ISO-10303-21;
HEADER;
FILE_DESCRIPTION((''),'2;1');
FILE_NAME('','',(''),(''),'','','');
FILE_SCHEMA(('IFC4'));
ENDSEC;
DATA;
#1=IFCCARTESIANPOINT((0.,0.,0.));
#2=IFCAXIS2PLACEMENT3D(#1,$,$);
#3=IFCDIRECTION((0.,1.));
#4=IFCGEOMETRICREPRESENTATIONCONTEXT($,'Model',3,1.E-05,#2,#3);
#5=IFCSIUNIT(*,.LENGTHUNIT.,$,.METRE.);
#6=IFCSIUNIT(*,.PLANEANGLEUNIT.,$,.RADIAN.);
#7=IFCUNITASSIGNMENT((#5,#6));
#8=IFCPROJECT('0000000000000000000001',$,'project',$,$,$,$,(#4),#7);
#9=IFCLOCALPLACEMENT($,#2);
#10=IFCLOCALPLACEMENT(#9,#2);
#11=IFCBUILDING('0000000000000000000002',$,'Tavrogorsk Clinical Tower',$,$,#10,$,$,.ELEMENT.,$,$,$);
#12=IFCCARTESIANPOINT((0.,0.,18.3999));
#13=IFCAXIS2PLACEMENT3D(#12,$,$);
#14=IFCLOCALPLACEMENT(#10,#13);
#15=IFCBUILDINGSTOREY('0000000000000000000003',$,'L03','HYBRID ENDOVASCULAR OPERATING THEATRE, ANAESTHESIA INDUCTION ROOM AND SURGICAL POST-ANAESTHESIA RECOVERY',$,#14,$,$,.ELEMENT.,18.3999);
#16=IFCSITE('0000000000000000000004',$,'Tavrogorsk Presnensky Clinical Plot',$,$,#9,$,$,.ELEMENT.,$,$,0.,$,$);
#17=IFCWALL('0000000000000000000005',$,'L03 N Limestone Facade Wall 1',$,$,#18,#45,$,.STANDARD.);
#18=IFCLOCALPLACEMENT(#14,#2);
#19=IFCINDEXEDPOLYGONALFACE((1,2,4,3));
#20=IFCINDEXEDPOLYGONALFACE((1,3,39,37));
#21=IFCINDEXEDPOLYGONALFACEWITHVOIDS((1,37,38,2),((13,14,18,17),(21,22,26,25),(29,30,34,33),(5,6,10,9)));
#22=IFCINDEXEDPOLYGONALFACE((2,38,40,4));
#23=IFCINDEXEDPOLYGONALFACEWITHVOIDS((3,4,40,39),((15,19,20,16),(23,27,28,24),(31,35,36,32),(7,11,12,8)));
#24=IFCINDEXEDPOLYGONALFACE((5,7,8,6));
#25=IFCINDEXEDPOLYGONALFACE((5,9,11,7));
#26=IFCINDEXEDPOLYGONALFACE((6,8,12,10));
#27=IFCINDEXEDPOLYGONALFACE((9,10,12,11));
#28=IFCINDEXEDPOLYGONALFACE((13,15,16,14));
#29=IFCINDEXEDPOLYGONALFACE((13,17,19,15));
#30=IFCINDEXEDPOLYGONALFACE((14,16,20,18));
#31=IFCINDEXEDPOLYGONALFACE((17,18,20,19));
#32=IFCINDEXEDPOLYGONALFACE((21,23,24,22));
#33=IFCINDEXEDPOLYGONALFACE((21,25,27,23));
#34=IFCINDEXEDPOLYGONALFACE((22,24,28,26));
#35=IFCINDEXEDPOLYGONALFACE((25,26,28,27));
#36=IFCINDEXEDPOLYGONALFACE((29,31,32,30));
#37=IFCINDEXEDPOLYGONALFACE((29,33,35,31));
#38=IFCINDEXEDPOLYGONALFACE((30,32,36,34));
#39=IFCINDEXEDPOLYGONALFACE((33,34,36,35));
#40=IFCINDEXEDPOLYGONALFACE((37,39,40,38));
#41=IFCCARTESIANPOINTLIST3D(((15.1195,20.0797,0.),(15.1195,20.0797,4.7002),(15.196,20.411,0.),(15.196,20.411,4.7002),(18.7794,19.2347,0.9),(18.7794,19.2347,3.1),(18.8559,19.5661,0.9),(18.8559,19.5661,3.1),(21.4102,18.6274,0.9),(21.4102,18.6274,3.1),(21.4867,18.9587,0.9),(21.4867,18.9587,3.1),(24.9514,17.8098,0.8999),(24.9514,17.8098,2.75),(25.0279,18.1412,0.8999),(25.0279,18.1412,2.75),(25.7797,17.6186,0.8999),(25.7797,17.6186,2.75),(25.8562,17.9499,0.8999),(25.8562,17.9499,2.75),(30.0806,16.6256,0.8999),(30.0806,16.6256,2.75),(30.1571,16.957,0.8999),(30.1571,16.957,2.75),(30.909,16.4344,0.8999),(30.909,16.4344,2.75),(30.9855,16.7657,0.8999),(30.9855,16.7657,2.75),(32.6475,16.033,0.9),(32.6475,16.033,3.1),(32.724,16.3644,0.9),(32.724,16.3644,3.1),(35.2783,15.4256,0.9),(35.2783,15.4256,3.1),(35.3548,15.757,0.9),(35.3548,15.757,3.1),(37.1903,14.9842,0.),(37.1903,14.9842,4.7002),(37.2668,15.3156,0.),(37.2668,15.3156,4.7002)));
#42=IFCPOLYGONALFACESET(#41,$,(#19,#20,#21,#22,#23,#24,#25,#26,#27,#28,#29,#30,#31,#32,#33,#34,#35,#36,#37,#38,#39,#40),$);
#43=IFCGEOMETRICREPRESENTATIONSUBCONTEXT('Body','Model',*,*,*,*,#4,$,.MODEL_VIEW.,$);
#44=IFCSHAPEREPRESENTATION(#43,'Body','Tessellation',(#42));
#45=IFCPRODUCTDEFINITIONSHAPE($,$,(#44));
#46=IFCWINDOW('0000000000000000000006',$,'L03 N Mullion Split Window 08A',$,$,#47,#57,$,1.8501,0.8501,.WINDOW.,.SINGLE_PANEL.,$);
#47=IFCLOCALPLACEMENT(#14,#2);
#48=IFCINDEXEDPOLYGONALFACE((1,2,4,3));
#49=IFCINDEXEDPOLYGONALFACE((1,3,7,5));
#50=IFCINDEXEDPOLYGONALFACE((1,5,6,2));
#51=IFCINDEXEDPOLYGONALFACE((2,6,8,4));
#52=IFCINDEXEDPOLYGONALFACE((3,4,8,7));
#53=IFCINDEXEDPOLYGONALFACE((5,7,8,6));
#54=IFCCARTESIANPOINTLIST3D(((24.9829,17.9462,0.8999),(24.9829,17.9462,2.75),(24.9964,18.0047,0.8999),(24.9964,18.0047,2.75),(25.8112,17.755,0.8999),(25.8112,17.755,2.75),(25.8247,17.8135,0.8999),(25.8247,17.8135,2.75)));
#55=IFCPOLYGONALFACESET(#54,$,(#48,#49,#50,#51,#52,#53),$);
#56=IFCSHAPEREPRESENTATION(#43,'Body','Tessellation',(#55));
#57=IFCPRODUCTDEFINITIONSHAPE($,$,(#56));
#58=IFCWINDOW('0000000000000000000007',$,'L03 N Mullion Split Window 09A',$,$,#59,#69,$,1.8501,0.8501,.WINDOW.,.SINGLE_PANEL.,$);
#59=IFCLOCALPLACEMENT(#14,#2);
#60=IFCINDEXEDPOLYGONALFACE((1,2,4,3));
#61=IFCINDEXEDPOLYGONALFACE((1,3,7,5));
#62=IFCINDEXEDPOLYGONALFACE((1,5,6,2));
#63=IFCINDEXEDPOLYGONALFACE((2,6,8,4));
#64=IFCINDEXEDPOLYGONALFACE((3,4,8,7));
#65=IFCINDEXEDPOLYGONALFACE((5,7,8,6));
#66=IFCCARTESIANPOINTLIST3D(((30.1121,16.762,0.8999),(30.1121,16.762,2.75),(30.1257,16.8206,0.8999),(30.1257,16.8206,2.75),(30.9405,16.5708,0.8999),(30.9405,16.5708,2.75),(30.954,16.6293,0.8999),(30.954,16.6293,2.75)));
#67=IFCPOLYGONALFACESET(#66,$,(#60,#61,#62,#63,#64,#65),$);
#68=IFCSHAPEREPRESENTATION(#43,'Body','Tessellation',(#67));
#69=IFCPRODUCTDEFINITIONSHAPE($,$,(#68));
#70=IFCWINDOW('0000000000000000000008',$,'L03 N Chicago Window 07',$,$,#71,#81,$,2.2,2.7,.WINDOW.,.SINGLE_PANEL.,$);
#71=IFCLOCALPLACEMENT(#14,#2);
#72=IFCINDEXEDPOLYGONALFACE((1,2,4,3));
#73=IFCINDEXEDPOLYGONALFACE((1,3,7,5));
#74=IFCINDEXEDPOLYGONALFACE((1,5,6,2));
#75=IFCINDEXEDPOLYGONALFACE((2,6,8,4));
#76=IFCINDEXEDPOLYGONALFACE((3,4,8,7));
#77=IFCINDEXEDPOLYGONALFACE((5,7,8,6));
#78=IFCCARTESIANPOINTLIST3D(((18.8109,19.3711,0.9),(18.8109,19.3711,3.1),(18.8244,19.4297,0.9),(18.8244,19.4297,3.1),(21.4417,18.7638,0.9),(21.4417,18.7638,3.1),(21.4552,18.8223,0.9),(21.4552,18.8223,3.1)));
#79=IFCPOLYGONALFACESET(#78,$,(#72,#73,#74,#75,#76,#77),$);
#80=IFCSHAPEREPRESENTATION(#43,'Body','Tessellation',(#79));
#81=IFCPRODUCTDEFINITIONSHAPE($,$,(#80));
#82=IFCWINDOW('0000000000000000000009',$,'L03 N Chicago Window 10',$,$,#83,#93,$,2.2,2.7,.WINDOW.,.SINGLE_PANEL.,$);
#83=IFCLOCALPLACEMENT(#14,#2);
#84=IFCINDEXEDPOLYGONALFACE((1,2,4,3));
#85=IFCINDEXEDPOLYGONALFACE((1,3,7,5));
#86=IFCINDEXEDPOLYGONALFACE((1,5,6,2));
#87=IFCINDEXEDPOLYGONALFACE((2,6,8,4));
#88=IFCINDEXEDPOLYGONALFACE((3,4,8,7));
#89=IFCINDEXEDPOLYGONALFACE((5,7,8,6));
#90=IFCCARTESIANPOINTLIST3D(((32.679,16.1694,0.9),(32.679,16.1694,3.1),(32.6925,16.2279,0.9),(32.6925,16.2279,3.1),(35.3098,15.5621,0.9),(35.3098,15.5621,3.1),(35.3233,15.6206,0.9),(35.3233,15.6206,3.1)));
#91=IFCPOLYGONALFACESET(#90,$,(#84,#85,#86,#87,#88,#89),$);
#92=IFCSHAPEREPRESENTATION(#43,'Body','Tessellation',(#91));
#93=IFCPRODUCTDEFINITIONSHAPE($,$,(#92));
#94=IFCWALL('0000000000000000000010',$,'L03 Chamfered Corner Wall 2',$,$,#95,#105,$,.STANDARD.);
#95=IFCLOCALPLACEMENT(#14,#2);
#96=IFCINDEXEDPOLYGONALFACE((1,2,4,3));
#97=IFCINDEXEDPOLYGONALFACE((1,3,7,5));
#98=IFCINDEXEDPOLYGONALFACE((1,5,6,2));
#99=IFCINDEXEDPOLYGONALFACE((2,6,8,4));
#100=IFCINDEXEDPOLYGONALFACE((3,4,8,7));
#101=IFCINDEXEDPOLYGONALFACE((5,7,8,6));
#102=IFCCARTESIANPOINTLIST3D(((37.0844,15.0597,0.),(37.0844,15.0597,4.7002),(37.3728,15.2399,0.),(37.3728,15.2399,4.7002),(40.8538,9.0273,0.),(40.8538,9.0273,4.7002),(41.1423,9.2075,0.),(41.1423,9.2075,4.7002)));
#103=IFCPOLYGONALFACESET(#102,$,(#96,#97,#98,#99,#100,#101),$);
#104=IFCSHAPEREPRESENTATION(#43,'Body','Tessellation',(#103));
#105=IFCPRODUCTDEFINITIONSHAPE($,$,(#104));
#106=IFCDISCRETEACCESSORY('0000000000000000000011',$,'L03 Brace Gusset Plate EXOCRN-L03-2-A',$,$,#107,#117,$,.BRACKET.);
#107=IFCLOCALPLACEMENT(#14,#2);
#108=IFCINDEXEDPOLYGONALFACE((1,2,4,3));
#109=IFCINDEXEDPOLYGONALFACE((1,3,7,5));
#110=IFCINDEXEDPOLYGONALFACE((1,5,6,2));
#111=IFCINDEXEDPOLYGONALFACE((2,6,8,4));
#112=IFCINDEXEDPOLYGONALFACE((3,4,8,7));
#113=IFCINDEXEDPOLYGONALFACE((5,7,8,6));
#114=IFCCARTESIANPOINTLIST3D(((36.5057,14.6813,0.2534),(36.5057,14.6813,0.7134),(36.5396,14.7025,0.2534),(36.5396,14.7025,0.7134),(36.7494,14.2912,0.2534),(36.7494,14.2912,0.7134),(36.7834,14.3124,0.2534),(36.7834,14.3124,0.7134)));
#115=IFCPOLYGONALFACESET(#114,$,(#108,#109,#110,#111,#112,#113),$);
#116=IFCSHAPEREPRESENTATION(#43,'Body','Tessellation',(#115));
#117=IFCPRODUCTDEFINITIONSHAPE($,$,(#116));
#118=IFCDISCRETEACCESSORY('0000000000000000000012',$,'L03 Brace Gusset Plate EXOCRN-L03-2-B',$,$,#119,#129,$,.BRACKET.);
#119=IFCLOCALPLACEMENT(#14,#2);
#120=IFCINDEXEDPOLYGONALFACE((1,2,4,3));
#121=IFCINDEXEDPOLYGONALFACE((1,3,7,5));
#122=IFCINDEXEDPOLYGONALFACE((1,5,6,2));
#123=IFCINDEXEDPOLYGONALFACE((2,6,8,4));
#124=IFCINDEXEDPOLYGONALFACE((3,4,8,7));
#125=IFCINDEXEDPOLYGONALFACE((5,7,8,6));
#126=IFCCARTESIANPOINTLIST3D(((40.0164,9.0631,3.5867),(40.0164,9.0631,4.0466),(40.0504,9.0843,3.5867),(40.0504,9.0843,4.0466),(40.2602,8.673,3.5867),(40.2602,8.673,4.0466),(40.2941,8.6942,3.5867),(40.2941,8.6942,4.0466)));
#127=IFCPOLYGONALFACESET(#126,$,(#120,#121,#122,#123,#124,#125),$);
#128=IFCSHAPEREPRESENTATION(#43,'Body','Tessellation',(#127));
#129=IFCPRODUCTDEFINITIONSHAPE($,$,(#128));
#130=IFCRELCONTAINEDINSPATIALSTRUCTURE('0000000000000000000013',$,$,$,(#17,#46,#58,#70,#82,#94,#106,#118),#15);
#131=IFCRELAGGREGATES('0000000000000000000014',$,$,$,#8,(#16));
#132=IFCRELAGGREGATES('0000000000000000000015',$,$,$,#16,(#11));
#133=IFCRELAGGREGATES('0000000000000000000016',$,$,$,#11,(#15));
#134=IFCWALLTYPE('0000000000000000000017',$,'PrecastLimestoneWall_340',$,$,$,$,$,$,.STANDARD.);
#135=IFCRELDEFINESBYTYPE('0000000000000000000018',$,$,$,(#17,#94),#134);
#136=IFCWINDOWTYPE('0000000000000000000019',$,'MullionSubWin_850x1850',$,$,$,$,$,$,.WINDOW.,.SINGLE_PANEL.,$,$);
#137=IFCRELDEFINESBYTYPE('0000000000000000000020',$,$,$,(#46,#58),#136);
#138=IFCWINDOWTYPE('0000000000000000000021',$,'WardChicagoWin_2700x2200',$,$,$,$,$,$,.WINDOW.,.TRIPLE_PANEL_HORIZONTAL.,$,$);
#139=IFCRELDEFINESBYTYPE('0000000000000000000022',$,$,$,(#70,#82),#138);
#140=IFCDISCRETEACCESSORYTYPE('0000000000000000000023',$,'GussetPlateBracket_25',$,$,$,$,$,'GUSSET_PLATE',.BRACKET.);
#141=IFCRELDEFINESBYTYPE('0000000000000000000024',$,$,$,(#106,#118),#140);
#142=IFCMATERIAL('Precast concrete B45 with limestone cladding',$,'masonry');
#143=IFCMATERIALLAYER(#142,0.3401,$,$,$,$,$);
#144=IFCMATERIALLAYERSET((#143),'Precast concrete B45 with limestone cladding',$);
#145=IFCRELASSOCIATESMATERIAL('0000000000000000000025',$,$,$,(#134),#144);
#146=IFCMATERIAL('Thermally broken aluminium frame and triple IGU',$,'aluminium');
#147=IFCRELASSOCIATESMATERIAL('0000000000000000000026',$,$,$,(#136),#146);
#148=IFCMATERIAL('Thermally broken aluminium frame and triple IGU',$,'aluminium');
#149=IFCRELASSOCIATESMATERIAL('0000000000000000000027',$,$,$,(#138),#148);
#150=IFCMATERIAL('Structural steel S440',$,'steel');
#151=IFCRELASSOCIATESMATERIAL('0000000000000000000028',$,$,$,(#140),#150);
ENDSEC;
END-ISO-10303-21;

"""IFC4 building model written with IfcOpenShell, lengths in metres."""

from ifc_helpers import new_model, si_unit, direction, frame, frame_2d, origin, origin_2d, place, context, subcontext, project, spatial, rectangle, extrude, material, layer, layer_set, type_object, element, fill, save


model = new_model("IFC4")

# Units and contexts
model_context = context("Model", 3, precision=1e-05, world=origin(), true_north=direction((0.0, 1.0)))
body_context = subcontext(model_context, "Body", "Model", "MODEL_VIEW")
ifc_project = project(units=[si_unit("LENGTHUNIT", "METRE"), si_unit("PLANEANGLEUNIT", "RADIAN")], contexts=[model_context])

# Site, building, storey
site_placement = place(None, origin())
site = spatial("IfcSite", under=ifc_project, at=site_placement, Name="Tavrogorsk Presnensky Clinical Plot", CompositionType="ELEMENT", RefElevation=0.0)
building_placement = place(site_placement, origin())
building = spatial("IfcBuilding", under=site, at=building_placement, Name="Tavrogorsk Clinical Tower", CompositionType="ELEMENT")
storey_placement = place(building_placement, frame((0.0, 0.0, 18.3999)))
storey = spatial("IfcBuildingStorey", under=building, at=storey_placement, Name="L03", Description="HYBRID ENDOVASCULAR OPERATING THEATRE, ANAESTHESIA INDUCTION ROOM AND SURGICAL POST-ANAESTHESIA RECOVERY", CompositionType="ELEMENT", Elevation=18.3999)

# Wall, openings, windows
ifc_material_1 = material(Name="Precast concrete B45 with limestone cladding", Category="masonry")
ifc_layer_1 = layer(ifc_material_1, 0.3401)
ifc_layer_set_1 = layer_set([ifc_layer_1], Name="Precast concrete B45 with limestone cladding")
wall_type_1 = type_object("IfcWallType", Name="PrecastLimestoneWall_340", PredefinedType="STANDARD", material=ifc_layer_set_1)
wall_1_placement = place(storey_placement, frame((37.2285, 15.1499, 0.0), z_axis=(0.0, 0.0, 1.0), x_axis=(-0.97437, 0.224952, 0.0)))
wall_1 = element("IfcWall", 1, at=wall_1_placement, inside=storey, type_object=wall_type_1, Name="L03 N Limestone Facade Wall 1", PredefinedType="STANDARD", context=body_context, shape_type="SweptSolid", body=[
    extrude(rectangle(XDim=22.6514, YDim=0.3401, at=frame_2d((11.3257, 0.0))), origin(), (0.0, 0.0, 1.0), 4.7002),
])
opening_1_placement = place(wall_1_placement, frame((16.1951, 0.0, 0.8999)))
opening_1 = element("IfcOpeningElement", 2, at=opening_1_placement, cuts=wall_1, PredefinedType="OPENING", context=body_context, shape_type="SweptSolid", body=[
    extrude(rectangle(XDim=2.7, YDim=2.2, at=frame_2d((1.3501, 1.1001))), frame((0.0, 0.1799, 0.0), z_axis=(0.0, -1.0, 0.0), x_axis=(1.0, 0.0, 0.0)), (0.0, 0.0, 1.0), 0.3601),
])
opening_2_placement = place(wall_1_placement, frame((11.7107, 0.0, 0.8999)))
opening_2 = element("IfcOpeningElement", 3, at=opening_2_placement, cuts=wall_1, PredefinedType="OPENING", context=body_context, shape_type="SweptSolid", body=[
    extrude(rectangle(XDim=0.8501, YDim=1.8501, at=frame_2d((0.425, 0.925))), frame((0.0, 0.1799, 0.0), z_axis=(0.0, -1.0, 0.0), x_axis=(1.0, 0.0, 0.0)), (0.0, 0.0, 1.0), 0.3601),
])
opening_3_placement = place(wall_1_placement, frame((6.4465, 0.0, 0.8999)))
opening_3 = element("IfcOpeningElement", 4, at=opening_3_placement, cuts=wall_1, PredefinedType="OPENING", context=body_context, shape_type="SweptSolid", body=[
    extrude(rectangle(XDim=0.8501, YDim=1.8501, at=frame_2d((0.425, 0.925))), frame((0.0, 0.1799, 0.0), z_axis=(0.0, -1.0, 0.0), x_axis=(1.0, 0.0, 0.0)), (0.0, 0.0, 1.0), 0.3601),
])
opening_4_placement = place(wall_1_placement, frame((1.9622, 0.0, 0.8999)))
opening_4 = element("IfcOpeningElement", 5, at=opening_4_placement, cuts=wall_1, PredefinedType="OPENING", context=body_context, shape_type="SweptSolid", body=[
    extrude(rectangle(XDim=2.7, YDim=2.2, at=frame_2d((1.3501, 1.1001))), frame((0.0, 0.1799, 0.0), z_axis=(0.0, -1.0, 0.0), x_axis=(1.0, 0.0, 0.0)), (0.0, 0.0, 1.0), 0.3601),
])
ifc_material_2 = material(Name="Thermally broken aluminium frame and triple IGU", Category="aluminium")
window_type_1 = type_object("IfcWindowType", Name="MullionSubWin_850x1850", PartitioningType="SINGLE_PANEL", PredefinedType="WINDOW", material=ifc_material_2)
window_1_placement = place(opening_2_placement, origin())
window_1 = element("IfcWindow", 6, at=window_1_placement, inside=storey, type_object=window_type_1, Name="L03 N Mullion Split Window 08A", OverallHeight=1.8501, OverallWidth=0.8501, PartitioningType="SINGLE_PANEL", PredefinedType="WINDOW", context=body_context, shape_type="SweptSolid", body=[
    extrude(rectangle(XDim=0.8501, YDim=1.8501, at=frame_2d((0.425, 0.925))), frame((0.0, 0.03, 0.0), z_axis=(0.0, -1.0, 0.0), x_axis=(1.0, 0.0, 0.0)), (0.0, 0.0, 1.0), 0.0601),
])
fill(opening_2, window_1)
window_2_placement = place(opening_3_placement, origin())
window_2 = element("IfcWindow", 7, at=window_2_placement, inside=storey, type_object=window_type_1, Name="L03 N Mullion Split Window 09A", OverallHeight=1.8501, OverallWidth=0.8501, PartitioningType="SINGLE_PANEL", PredefinedType="WINDOW", context=body_context, shape_type="SweptSolid", body=[
    extrude(rectangle(XDim=0.8501, YDim=1.8501, at=frame_2d((0.425, 0.925))), frame((0.0, 0.03, 0.0), z_axis=(0.0, -1.0, 0.0), x_axis=(1.0, 0.0, 0.0)), (0.0, 0.0, 1.0), 0.0601),
])
fill(opening_3, window_2)
ifc_material_3 = material(Name="Thermally broken aluminium frame and triple IGU", Category="aluminium")
window_type_2 = type_object("IfcWindowType", Name="WardChicagoWin_2700x2200", PartitioningType="TRIPLE_PANEL_HORIZONTAL", PredefinedType="WINDOW", material=ifc_material_3)
window_3_placement = place(opening_1_placement, origin())
window_3 = element("IfcWindow", 8, at=window_3_placement, inside=storey, type_object=window_type_2, Name="L03 N Chicago Window 07", OverallHeight=2.2, OverallWidth=2.7, PartitioningType="SINGLE_PANEL", PredefinedType="WINDOW", context=body_context, shape_type="SweptSolid", body=[
    extrude(rectangle(XDim=2.7, YDim=2.2, at=frame_2d((1.3501, 1.1001))), frame((0.0, 0.03, 0.0), z_axis=(0.0, -1.0, 0.0), x_axis=(1.0, 0.0, 0.0)), (0.0, 0.0, 1.0), 0.0601),
])
fill(opening_1, window_3)
window_4_placement = place(opening_4_placement, origin())
window_4 = element("IfcWindow", 9, at=window_4_placement, inside=storey, type_object=window_type_2, Name="L03 N Chicago Window 10", OverallHeight=2.2, OverallWidth=2.7, PartitioningType="SINGLE_PANEL", PredefinedType="WINDOW", context=body_context, shape_type="SweptSolid", body=[
    extrude(rectangle(XDim=2.7, YDim=2.2, at=frame_2d((1.3501, 1.1001))), frame((0.0, 0.03, 0.0), z_axis=(0.0, -1.0, 0.0), x_axis=(1.0, 0.0, 0.0)), (0.0, 0.0, 1.0), 0.0601),
])
fill(opening_4, window_4)

# Wall
wall_2_placement = place(storey_placement, frame((40.998, 9.1174, 0.0), z_axis=(0.0, 0.0, 1.0), x_axis=(-0.529922, 0.848047, 0.0)))
element("IfcWall", 10, at=wall_2_placement, inside=storey, type_object=wall_type_1, Name="L03 Chamfered Corner Wall 2", PredefinedType="STANDARD", context=body_context, shape_type="SweptSolid", body=[
    extrude(rectangle(XDim=7.1133, YDim=0.3401, at=frame_2d((3.5566, 0.0))), origin(), (0.0, 0.0, 1.0), 4.7002),
])

# Discrete accessories
ifc_material_4 = material(Name="Structural steel S440", Category="steel")
discrete_accessory_type = type_object("IfcDiscreteAccessoryType", Name="GussetPlateBracket_25", ElementType="GUSSET_PLATE", PredefinedType="BRACKET", material=ifc_material_4)
for number, where, z_axis, x_axis, name in (
    (11, (36.6445, 14.4968, 0.2534), (0.0, 0.0, 1.0), (0.529919, -0.848048, 0.0), "L03 Brace Gusset Plate EXOCRN-L03-2-A"),
    (12, (40.1553, 8.8787, 3.5867), (0.0, 0.0, 1.0), (0.529919, -0.848048, 0.0), "L03 Brace Gusset Plate EXOCRN-L03-2-B"),
):
    element("IfcDiscreteAccessory", number, at=place(storey_placement, frame(where, z_axis=z_axis, x_axis=x_axis)), inside=storey, type_object=discrete_accessory_type, Name=name, PredefinedType="BRACKET", context=body_context, shape_type="SweptSolid", body=[
        extrude(rectangle(XDim=0.46, YDim=0.04, at=origin_2d()), origin(), (0.0, 0.0, 1.0), 0.46),
    ])

save(model, "model.ifc")
